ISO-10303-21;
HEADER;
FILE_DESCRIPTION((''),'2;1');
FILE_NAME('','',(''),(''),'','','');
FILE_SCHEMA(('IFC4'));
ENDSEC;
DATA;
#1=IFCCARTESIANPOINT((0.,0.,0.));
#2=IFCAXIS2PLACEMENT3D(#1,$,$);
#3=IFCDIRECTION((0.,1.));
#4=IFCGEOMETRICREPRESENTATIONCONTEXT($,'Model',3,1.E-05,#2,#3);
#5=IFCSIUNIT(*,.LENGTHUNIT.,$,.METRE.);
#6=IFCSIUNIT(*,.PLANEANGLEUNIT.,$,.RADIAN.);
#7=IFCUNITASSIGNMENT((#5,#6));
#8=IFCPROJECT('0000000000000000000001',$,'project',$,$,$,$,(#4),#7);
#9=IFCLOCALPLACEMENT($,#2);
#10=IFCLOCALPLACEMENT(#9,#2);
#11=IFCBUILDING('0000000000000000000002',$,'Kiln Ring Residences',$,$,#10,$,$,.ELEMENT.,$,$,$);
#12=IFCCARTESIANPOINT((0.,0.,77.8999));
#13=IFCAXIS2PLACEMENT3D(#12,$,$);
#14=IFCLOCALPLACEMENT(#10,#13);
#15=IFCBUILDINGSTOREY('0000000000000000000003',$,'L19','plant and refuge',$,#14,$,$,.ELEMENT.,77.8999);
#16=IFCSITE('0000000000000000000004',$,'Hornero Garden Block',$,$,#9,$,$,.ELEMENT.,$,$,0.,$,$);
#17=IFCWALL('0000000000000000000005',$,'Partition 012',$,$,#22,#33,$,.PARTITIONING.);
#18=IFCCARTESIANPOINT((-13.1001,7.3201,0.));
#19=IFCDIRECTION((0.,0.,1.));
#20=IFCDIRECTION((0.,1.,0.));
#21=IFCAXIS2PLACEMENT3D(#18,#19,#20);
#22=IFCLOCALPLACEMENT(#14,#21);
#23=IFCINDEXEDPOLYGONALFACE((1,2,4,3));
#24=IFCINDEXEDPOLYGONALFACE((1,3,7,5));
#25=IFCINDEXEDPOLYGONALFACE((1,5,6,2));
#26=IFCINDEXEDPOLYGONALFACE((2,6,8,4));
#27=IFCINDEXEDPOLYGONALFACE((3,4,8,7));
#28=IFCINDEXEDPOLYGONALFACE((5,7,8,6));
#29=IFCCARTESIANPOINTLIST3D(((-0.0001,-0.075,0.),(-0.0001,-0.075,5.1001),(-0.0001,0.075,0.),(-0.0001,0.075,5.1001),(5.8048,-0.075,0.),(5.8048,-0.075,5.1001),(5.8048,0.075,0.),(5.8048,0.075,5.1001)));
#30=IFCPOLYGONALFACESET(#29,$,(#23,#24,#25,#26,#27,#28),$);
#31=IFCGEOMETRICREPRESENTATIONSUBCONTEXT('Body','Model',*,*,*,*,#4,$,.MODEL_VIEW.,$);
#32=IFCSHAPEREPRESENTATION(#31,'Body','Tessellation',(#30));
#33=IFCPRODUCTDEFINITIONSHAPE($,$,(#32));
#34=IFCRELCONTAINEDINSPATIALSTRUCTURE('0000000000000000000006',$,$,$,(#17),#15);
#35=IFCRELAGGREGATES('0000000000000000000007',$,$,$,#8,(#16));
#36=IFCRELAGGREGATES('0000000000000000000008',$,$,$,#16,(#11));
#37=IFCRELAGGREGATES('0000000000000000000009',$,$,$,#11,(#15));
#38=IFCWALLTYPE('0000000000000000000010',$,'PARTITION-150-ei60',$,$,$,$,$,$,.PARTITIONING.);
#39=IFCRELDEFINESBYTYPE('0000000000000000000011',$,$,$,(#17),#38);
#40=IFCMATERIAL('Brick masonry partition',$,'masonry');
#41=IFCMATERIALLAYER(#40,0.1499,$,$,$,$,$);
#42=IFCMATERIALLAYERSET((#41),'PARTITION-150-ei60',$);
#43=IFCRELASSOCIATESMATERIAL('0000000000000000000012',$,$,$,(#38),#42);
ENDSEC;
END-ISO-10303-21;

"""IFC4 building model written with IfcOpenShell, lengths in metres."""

from ifc_helpers import new_model, si_unit, direction, frame, frame_2d, origin, place, context, subcontext, project, spatial, rectangle, extrude, material, layer, layer_set, type_object, element, save


model = new_model("IFC4")

# Units and contexts
model_context = context("Model", 3, precision=1e-05, world=origin(), true_north=direction((0.0, 1.0)))
body_context = subcontext(model_context, "Body", "Model", "MODEL_VIEW")
ifc_project = project(units=[si_unit("LENGTHUNIT", "METRE"), si_unit("PLANEANGLEUNIT", "RADIAN")], contexts=[model_context])

# Site, building, storey
site_placement = place(None, origin())
site = spatial("IfcSite", under=ifc_project, at=site_placement, Name="Hornero Garden Block", CompositionType="ELEMENT", RefElevation=0.0)
building_placement = place(site_placement, origin())
building = spatial("IfcBuilding", under=site, at=building_placement, Name="Kiln Ring Residences", CompositionType="ELEMENT")
storey_placement = place(building_placement, frame((0.0, 0.0, 77.8999)))
storey = spatial("IfcBuildingStorey", under=building, at=storey_placement, Name="L19", Description="plant and refuge", CompositionType="ELEMENT", Elevation=77.8999)

# Wall
ifc_material_1 = material(Name="Brick masonry partition", Category="masonry")
ifc_layer_1 = layer(ifc_material_1, 0.1499)
ifc_layer_set_1 = layer_set([ifc_layer_1], Name="PARTITION-150-ei60")
wall_type_1 = type_object("IfcWallType", Name="PARTITION-150-ei60", PredefinedType="PARTITIONING", material=ifc_layer_set_1)
wall_1_placement = place(storey_placement, frame((-13.1001, 7.3201, 0.0), z_axis=(0.0, 0.0, 1.0), x_axis=(0.0, 1.0, 0.0)))
element("IfcWall", 1, at=wall_1_placement, inside=storey, type_object=wall_type_1, Name="Partition 012", PredefinedType="PARTITIONING", context=body_context, shape_type="SweptSolid", body=[
    extrude(rectangle(XDim=5.8049, YDim=0.1499, at=frame_2d((2.9023, 0.0))), origin(), (0.0, 0.0, 1.0), 5.1001),
])

save(model, "model.ifc")
